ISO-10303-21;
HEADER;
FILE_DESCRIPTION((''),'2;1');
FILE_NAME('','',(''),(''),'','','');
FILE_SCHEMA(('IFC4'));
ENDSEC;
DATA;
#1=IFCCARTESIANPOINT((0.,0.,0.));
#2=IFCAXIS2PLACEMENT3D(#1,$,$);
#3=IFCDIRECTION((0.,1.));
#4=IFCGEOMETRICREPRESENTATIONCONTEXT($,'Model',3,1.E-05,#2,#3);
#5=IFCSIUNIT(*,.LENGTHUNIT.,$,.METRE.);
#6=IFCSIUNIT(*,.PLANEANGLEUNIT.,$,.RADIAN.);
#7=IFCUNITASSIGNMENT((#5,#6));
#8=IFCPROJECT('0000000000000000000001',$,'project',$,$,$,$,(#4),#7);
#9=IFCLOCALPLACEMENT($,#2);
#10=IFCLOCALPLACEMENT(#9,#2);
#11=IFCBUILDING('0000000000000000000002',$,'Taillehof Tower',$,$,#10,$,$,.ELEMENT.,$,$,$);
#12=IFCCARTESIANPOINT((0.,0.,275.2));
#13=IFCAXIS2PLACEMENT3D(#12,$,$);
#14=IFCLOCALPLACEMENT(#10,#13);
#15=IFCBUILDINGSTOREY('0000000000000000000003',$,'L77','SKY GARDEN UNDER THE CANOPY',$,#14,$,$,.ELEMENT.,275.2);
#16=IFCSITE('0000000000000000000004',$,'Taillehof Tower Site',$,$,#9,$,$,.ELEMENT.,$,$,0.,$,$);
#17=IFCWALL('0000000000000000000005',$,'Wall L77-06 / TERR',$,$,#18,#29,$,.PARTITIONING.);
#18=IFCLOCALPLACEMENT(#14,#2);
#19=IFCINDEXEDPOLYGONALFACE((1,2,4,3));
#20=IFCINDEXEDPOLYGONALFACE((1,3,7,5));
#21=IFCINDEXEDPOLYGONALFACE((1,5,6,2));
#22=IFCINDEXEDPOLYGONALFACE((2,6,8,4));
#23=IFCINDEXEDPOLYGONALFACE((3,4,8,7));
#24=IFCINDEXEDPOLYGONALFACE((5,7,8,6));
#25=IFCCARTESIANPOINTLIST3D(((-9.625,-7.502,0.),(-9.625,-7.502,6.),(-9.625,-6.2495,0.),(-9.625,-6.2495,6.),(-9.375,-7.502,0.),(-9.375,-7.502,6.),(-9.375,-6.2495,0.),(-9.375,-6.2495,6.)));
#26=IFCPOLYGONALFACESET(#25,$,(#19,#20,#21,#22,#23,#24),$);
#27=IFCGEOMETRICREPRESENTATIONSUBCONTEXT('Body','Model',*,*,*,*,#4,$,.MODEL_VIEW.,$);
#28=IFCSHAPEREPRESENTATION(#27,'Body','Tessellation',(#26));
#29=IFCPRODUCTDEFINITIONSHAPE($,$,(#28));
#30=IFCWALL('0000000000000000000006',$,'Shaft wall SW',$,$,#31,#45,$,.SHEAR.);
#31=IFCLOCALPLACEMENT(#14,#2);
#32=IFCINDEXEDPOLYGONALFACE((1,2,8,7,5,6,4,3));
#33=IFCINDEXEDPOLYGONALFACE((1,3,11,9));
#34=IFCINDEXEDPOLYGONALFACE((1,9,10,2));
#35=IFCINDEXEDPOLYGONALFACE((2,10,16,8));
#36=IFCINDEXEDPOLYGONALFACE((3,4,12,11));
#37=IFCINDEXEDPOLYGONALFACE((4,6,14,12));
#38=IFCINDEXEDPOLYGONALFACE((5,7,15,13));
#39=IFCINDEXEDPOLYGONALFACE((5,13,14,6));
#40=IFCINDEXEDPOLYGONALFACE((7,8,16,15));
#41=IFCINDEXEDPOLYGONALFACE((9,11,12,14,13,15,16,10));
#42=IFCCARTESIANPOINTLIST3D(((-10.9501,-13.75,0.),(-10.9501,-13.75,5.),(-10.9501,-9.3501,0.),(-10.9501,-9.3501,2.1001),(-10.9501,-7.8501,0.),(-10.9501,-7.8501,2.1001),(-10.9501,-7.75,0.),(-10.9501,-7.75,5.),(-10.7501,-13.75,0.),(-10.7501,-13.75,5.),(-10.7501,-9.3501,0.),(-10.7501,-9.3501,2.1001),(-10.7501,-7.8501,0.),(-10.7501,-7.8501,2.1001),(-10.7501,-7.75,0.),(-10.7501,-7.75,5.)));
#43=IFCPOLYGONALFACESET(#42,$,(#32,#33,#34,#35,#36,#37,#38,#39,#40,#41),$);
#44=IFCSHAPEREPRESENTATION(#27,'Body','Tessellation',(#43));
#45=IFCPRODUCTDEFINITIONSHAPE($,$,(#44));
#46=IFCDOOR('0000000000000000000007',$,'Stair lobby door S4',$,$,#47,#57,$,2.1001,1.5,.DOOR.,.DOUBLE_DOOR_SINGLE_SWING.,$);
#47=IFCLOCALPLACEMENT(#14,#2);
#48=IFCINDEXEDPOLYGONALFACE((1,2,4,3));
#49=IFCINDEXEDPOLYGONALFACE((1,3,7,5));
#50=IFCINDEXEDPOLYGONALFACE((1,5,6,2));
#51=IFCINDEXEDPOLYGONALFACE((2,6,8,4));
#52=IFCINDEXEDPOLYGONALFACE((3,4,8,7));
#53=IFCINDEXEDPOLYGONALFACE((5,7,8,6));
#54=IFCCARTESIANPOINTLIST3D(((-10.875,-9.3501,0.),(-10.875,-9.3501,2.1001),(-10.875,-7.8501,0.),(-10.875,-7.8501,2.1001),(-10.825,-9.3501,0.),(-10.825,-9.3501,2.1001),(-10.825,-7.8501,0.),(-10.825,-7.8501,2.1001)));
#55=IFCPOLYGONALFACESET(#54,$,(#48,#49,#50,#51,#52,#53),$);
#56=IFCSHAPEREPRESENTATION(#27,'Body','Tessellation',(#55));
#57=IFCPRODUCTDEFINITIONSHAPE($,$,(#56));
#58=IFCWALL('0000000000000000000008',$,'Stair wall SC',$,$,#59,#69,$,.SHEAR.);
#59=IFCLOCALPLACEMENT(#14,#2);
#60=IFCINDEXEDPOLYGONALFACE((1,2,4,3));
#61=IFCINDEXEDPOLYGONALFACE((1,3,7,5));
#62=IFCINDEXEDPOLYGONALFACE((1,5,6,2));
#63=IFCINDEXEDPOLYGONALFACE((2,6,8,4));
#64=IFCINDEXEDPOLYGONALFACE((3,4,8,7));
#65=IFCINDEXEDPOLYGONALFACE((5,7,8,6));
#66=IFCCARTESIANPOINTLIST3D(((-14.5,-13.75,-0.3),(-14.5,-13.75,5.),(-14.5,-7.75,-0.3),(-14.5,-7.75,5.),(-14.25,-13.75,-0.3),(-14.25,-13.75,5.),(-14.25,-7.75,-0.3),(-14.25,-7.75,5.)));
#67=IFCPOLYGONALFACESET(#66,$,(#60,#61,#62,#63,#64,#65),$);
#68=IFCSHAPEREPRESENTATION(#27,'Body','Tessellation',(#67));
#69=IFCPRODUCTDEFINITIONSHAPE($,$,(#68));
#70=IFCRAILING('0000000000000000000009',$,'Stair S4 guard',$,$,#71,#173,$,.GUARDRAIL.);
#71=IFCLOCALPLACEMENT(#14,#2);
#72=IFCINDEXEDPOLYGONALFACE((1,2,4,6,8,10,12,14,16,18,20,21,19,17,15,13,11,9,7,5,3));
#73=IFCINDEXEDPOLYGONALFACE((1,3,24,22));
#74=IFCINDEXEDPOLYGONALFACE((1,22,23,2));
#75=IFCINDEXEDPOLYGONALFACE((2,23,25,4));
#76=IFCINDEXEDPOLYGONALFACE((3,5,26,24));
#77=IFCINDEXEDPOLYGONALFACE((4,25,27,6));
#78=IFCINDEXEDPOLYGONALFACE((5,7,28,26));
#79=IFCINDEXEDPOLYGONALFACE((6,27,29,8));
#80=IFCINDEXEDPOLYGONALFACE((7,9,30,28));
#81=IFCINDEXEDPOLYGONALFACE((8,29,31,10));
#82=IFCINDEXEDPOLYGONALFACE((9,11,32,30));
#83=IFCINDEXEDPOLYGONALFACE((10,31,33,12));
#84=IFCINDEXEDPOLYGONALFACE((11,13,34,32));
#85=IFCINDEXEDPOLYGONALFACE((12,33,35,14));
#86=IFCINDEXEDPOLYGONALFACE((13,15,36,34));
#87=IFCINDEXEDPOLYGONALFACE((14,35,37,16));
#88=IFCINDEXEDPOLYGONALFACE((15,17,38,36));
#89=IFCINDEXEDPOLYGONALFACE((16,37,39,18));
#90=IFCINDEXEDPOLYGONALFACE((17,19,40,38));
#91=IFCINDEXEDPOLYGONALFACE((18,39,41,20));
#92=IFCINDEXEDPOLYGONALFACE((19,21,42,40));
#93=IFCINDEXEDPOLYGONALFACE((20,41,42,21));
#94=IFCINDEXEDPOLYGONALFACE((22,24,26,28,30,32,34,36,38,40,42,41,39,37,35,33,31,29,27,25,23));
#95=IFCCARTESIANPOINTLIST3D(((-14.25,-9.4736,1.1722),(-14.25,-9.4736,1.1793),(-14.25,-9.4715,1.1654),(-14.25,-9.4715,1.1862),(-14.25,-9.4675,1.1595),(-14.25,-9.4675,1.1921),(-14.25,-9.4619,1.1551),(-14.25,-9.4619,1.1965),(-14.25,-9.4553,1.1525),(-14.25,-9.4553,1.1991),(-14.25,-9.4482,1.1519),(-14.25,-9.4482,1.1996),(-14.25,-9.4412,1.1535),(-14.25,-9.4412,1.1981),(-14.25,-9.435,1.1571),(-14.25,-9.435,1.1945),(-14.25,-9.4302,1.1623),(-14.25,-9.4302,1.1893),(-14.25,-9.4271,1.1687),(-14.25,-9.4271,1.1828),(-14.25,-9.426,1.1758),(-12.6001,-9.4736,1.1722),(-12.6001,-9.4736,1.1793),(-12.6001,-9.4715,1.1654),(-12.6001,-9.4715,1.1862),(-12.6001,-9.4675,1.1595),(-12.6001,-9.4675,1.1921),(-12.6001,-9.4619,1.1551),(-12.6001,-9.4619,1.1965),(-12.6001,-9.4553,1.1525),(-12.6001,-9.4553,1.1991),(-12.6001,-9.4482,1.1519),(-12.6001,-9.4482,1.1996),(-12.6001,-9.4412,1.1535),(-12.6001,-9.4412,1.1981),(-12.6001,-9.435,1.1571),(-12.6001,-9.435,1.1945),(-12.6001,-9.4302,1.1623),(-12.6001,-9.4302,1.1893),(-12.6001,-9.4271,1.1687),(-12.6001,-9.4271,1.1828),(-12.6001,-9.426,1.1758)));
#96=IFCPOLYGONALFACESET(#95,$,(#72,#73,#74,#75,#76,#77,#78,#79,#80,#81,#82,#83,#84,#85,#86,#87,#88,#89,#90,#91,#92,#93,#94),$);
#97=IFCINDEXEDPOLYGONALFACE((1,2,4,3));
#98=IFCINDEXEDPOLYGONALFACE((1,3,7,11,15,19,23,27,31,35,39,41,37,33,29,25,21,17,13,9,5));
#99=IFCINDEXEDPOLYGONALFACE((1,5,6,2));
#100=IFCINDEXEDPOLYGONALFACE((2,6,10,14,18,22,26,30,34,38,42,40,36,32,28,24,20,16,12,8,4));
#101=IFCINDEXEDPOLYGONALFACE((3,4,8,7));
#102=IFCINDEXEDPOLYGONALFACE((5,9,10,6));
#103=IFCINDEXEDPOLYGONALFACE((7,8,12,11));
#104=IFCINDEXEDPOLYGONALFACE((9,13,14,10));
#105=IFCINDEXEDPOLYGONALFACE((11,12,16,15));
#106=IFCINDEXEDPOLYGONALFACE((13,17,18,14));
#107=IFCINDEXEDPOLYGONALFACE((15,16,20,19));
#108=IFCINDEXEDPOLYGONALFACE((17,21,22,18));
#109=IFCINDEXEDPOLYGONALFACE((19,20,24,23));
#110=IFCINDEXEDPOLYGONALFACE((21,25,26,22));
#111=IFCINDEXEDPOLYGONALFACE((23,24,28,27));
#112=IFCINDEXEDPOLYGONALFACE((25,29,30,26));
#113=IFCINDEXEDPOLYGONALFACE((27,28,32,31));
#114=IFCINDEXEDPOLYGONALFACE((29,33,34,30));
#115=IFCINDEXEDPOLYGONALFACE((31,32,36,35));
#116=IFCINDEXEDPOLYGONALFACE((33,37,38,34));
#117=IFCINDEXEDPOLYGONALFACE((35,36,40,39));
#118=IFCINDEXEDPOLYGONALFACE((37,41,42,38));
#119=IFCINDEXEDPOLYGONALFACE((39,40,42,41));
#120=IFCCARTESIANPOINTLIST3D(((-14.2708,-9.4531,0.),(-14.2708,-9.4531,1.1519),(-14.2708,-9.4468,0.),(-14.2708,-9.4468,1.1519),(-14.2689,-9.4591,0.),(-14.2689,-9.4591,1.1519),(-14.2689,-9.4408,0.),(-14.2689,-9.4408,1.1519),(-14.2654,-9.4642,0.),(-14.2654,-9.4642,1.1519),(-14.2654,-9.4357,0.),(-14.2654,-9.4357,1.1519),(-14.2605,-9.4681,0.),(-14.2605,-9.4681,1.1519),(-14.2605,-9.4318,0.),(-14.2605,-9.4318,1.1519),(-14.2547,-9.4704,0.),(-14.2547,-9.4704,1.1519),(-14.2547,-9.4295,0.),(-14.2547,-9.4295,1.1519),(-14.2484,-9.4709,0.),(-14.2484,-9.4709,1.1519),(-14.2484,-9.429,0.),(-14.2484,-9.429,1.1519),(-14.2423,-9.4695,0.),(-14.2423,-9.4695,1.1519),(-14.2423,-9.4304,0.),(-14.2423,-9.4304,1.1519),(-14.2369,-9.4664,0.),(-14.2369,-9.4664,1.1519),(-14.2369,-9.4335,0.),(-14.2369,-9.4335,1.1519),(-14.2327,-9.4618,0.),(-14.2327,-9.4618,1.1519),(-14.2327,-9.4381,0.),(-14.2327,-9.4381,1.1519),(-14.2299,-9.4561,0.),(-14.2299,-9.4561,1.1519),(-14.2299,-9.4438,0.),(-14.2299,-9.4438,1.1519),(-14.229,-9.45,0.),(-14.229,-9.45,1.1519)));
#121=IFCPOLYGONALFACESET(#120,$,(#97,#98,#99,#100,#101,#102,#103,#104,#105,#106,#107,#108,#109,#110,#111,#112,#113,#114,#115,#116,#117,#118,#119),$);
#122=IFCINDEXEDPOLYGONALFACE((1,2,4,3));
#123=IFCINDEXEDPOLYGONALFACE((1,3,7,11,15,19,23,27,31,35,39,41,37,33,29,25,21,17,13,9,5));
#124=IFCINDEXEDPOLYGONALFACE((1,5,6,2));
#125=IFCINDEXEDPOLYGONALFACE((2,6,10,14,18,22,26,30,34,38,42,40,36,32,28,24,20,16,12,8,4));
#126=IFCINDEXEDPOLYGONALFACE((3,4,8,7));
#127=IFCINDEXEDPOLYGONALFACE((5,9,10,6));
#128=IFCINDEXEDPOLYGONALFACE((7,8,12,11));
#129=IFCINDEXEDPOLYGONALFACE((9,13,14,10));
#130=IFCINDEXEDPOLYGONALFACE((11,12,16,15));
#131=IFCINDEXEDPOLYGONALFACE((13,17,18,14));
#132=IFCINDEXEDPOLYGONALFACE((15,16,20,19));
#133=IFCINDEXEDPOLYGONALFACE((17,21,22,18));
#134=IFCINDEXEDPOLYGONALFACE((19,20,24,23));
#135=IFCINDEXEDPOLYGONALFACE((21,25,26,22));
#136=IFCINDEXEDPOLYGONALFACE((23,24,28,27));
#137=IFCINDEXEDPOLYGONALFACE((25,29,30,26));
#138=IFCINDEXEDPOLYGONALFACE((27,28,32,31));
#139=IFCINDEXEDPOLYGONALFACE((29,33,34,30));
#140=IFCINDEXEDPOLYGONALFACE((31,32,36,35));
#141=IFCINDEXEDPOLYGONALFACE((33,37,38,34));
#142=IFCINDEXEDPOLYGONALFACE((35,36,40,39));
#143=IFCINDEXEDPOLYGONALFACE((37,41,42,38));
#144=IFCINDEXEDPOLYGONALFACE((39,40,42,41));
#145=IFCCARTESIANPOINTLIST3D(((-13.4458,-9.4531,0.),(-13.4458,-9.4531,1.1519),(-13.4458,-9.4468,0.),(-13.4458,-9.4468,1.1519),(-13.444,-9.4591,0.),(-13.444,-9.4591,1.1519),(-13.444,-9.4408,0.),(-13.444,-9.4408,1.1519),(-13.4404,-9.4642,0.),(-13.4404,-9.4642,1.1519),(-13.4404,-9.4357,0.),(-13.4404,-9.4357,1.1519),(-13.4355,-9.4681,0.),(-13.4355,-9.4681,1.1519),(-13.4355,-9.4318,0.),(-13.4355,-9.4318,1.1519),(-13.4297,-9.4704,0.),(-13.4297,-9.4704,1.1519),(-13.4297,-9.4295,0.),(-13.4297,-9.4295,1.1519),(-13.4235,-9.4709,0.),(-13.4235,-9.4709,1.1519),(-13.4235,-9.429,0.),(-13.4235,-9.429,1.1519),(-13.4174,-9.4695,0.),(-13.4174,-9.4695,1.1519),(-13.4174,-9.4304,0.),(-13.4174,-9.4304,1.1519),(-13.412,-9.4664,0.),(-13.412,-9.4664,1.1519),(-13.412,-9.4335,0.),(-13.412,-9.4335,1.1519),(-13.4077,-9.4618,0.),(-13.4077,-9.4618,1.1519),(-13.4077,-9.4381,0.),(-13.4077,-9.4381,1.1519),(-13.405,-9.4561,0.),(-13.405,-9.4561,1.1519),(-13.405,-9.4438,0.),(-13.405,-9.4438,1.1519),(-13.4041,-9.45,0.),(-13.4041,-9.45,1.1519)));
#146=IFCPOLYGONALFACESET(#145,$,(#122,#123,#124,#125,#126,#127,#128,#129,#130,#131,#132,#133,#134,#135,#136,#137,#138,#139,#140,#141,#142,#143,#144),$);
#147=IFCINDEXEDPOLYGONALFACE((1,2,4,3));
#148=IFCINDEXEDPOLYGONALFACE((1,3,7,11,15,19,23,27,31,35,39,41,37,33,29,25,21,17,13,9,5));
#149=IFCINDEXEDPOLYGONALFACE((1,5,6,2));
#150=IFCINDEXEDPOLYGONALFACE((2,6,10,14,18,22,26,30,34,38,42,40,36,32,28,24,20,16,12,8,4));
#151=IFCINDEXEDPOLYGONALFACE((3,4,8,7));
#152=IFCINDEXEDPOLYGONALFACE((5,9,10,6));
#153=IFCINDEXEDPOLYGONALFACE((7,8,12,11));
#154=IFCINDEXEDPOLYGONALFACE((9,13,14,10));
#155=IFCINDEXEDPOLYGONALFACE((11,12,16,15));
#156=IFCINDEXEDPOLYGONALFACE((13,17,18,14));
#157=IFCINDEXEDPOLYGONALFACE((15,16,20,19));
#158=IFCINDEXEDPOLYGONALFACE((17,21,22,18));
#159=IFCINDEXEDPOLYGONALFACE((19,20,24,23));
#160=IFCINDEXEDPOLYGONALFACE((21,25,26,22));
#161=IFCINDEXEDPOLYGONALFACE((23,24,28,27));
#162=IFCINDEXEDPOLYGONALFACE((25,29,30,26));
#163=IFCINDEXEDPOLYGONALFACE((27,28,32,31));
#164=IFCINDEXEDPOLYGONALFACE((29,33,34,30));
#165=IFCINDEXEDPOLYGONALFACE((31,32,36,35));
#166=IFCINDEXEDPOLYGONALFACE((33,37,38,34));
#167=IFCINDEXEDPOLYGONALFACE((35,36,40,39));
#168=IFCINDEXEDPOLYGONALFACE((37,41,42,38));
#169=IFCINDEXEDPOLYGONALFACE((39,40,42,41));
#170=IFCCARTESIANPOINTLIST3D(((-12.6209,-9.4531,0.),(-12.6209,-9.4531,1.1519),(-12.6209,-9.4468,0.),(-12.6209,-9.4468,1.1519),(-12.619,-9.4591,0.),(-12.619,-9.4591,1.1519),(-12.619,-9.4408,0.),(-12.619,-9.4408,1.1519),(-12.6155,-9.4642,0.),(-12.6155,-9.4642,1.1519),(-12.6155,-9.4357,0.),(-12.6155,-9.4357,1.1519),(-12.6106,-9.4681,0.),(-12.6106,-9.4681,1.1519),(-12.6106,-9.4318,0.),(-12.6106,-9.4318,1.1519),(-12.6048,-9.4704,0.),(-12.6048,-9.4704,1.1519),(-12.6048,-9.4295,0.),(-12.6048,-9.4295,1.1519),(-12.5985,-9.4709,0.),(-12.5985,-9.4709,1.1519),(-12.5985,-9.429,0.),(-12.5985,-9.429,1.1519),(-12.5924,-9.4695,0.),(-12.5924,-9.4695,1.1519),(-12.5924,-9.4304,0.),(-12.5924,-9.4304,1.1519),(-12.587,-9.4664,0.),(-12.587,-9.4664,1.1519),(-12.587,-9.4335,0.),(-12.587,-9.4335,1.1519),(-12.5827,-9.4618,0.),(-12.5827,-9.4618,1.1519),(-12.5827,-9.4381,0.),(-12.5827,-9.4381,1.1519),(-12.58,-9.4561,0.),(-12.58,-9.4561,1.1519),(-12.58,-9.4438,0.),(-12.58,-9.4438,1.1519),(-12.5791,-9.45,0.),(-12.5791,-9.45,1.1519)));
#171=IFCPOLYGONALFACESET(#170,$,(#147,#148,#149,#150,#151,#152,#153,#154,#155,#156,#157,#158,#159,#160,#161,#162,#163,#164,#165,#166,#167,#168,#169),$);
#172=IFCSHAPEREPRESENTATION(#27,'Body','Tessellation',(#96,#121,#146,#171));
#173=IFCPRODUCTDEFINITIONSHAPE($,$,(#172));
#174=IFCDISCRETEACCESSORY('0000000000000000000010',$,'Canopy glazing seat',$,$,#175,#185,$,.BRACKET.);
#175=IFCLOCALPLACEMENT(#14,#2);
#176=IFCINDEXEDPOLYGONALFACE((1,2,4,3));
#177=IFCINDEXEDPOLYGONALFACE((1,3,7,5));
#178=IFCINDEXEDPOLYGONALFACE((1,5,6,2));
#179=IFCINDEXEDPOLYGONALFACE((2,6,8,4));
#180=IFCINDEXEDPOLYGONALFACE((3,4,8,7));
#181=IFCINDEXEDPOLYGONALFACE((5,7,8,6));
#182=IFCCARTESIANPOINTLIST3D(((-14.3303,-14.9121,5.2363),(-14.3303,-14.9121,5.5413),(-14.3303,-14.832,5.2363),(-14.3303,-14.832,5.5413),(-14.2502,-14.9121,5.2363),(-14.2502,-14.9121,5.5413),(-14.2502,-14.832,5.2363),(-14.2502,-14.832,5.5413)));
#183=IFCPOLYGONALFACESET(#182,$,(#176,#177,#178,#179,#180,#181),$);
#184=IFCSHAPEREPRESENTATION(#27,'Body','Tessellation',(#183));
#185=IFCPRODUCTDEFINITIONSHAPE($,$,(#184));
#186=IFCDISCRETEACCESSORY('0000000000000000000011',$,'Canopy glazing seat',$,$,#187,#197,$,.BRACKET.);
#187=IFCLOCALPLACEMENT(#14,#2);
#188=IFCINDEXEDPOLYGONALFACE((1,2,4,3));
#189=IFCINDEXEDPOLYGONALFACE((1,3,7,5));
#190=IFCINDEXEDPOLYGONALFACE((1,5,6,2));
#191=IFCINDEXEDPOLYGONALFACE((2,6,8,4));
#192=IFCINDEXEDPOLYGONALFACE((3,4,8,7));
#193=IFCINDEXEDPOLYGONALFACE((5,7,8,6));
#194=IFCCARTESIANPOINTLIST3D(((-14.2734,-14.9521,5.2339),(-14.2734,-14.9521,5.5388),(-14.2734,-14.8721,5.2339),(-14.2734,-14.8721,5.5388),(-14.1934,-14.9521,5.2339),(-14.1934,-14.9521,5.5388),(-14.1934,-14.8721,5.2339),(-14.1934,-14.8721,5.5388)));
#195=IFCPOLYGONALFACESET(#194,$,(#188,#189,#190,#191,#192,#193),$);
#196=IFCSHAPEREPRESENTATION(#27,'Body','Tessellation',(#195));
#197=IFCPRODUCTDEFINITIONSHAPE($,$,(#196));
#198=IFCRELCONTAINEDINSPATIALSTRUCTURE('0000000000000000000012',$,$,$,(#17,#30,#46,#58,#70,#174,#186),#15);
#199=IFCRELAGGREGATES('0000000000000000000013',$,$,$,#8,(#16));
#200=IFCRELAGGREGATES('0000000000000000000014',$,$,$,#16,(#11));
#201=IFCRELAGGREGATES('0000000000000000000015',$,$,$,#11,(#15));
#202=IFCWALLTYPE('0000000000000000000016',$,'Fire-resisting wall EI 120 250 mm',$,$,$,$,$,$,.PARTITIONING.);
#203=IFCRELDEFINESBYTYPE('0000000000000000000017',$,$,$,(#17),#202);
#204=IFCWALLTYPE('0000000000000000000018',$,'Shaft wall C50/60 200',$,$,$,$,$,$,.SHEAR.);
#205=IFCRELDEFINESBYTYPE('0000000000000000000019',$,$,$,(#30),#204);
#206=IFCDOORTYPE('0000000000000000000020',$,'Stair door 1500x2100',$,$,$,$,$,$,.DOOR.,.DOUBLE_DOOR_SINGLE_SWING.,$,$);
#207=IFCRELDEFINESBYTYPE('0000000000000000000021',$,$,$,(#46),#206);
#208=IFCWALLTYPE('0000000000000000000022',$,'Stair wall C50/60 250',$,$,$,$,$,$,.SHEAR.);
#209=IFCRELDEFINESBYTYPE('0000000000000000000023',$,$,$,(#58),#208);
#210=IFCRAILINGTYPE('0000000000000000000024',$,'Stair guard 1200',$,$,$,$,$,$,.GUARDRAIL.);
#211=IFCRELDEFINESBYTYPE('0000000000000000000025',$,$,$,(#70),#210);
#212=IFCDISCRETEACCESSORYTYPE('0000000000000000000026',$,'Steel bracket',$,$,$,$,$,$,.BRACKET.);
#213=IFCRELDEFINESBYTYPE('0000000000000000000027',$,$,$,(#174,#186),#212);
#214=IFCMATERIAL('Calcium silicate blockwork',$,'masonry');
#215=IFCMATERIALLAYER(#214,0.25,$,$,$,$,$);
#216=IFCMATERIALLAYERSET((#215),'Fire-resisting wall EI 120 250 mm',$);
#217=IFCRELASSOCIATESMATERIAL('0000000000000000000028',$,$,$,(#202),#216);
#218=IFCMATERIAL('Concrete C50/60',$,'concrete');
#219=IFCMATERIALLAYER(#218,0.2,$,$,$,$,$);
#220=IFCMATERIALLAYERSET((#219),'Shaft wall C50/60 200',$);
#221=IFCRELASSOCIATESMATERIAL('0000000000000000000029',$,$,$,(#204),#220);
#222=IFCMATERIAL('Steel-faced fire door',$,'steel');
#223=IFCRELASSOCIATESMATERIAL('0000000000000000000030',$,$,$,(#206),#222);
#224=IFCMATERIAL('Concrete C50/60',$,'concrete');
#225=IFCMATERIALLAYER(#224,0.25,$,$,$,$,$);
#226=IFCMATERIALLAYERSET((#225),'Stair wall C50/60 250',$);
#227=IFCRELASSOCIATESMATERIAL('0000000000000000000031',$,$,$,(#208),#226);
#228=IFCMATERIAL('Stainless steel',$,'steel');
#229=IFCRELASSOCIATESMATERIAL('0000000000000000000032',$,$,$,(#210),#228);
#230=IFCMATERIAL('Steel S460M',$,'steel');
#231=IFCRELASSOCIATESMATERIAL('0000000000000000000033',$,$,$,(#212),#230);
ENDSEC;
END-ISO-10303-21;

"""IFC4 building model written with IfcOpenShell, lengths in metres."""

from ifc_helpers import new_model, si_unit, direction, frame, frame_2d, origin, origin_2d, place, context, subcontext, project, spatial, rectangle, circle, extrude, material, layer, layer_set, type_object, element, fill, save


model = new_model("IFC4")

# Units and contexts
model_context = context("Model", 3, precision=1e-05, world=origin(), true_north=direction((0.0, 1.0)))
body_context = subcontext(model_context, "Body", "Model", "MODEL_VIEW")
ifc_project = project(units=[si_unit("LENGTHUNIT", "METRE"), si_unit("PLANEANGLEUNIT", "RADIAN")], contexts=[model_context])

# Site, building, storey
site_placement = place(None, origin())
site = spatial("IfcSite", under=ifc_project, at=site_placement, Name="Taillehof Tower Site", CompositionType="ELEMENT", RefElevation=0.0)
building_placement = place(site_placement, origin())
building = spatial("IfcBuilding", under=site, at=building_placement, Name="Taillehof Tower", CompositionType="ELEMENT")
storey_placement = place(building_placement, frame((0.0, 0.0, 275.2)))
storey = spatial("IfcBuildingStorey", under=building, at=storey_placement, Name="L77", Description="SKY GARDEN UNDER THE CANOPY", CompositionType="ELEMENT", Elevation=275.2)

# Wall
ifc_material_1 = material(Name="Calcium silicate blockwork", Category="masonry")
ifc_layer_1 = layer(ifc_material_1, 0.25)
ifc_layer_set_1 = layer_set([ifc_layer_1], Name="Fire-resisting wall EI 120 250 mm")
wall_type_1 = type_object("IfcWallType", Name="Fire-resisting wall EI 120 250 mm", PredefinedType="PARTITIONING", material=ifc_layer_set_1)
wall_1_placement = place(storey_placement, frame((-9.5, -7.502, 0.0), z_axis=(0.0, 0.0, 1.0), x_axis=(0.0, 1.0, 0.0)))
element("IfcWall", 1, at=wall_1_placement, inside=storey, type_object=wall_type_1, Name="Wall L77-06 / TERR", PredefinedType="PARTITIONING", context=body_context, shape_type="SweptSolid", body=[
    extrude(rectangle(XDim=1.2524, YDim=0.25, at=frame_2d((0.6262, 0.0))), origin(), (0.0, 0.0, 1.0), 6.0),
])

# Wall, opening, door
ifc_material_2 = material(Name="Concrete C50/60", Category="concrete")
ifc_layer_2 = layer(ifc_material_2, 0.2)
ifc_layer_set_2 = layer_set([ifc_layer_2], Name="Shaft wall C50/60 200")
wall_type_2 = type_object("IfcWallType", Name="Shaft wall C50/60 200", PredefinedType="SHEAR", material=ifc_layer_set_2)
wall_2_placement = place(storey_placement, frame((-10.8501, -13.75, 0.0), z_axis=(0.0, 0.0, 1.0), x_axis=(0.0, 1.0, 0.0)))
wall_2 = element("IfcWall", 2, at=wall_2_placement, inside=storey, type_object=wall_type_2, Name="Shaft wall SW", PredefinedType="SHEAR", context=body_context, shape_type="SweptSolid", body=[
    extrude(rectangle(XDim=6.0, YDim=0.2, at=frame_2d((3.0, 0.0))), origin(), (0.0, 0.0, 1.0), 5.0),
])
opening_placement = place(wall_2_placement, frame((4.3999, 0.0, 0.0)))
opening = element("IfcOpeningElement", 3, at=opening_placement, cuts=wall_2, PredefinedType="OPENING", context=body_context, shape_type="SweptSolid", body=[
    extrude(rectangle(XDim=1.5, YDim=2.1001, at=frame_2d((0.75, 1.05))), frame((0.0, 0.1099, 0.0), z_axis=(0.0, -1.0, 0.0), x_axis=(1.0, 0.0, 0.0)), (0.0, 0.0, 1.0), 0.22),
])
ifc_material_3 = material(Name="Steel-faced fire door", Category="steel")
door_type = type_object("IfcDoorType", Name="Stair door 1500x2100", OperationType="DOUBLE_DOOR_SINGLE_SWING", PredefinedType="DOOR", material=ifc_material_3)
door_placement = place(opening_placement, origin())
door = element("IfcDoor", 4, at=door_placement, inside=storey, type_object=door_type, Name="Stair lobby door S4", OperationType="DOUBLE_DOOR_SINGLE_SWING", OverallHeight=2.1001, OverallWidth=1.5, PredefinedType="DOOR", context=body_context, shape_type="SweptSolid", body=[
    extrude(rectangle(XDim=1.5, YDim=2.1001, at=frame_2d((0.75, 1.05))), frame((0.0, 0.0249, 0.0), z_axis=(0.0, -1.0, 0.0), x_axis=(1.0, 0.0, 0.0)), (0.0, 0.0, 1.0), 0.05),
])
fill(opening, door)

# Wall
ifc_material_4 = material(Name="Concrete C50/60", Category="concrete")
ifc_layer_3 = layer(ifc_material_4, 0.25)
ifc_layer_set_3 = layer_set([ifc_layer_3], Name="Stair wall C50/60 250")
wall_type_3 = type_object("IfcWallType", Name="Stair wall C50/60 250", PredefinedType="SHEAR", material=ifc_layer_set_3)
wall_3_placement = place(storey_placement, frame((-14.375, -13.75, -0.3), z_axis=(0.0, 0.0, 1.0), x_axis=(0.0, 1.0, 0.0)))
element("IfcWall", 5, at=wall_3_placement, inside=storey, type_object=wall_type_3, Name="Stair wall SC", PredefinedType="SHEAR", context=body_context, shape_type="SweptSolid", body=[
    extrude(rectangle(XDim=6.0, YDim=0.25, at=frame_2d((3.0, 0.0))), origin(), (0.0, 0.0, 1.0), 5.3),
])

# Railing
ifc_material_5 = material(Name="Stainless steel", Category="steel")
railing_type = type_object("IfcRailingType", Name="Stair guard 1200", PredefinedType="GUARDRAIL", material=ifc_material_5)
railing_placement = place(storey_placement, frame((-14.25, -9.45, 0.0)))
element("IfcRailing", 6, at=railing_placement, inside=storey, type_object=railing_type, Name="Stair S4 guard", PredefinedType="GUARDRAIL", context=body_context, shape_type="SweptSolid", body=[
    extrude(circle(Radius=0.0239, at=origin_2d()), frame((0.0, 0.0, 1.1758), z_axis=(1.0, 0.0, 0.0), x_axis=(0.0, 1.0, 0.0)), (0.0, 0.0, 1.0), 1.6499),
    extrude(circle(Radius=0.021, at=origin_2d()), origin(), (0.0, 0.0, 1.0), 1.1519),
    extrude(circle(Radius=0.021, at=origin_2d()), frame((0.825, 0.0, 0.0)), (0.0, 0.0, 1.0), 1.1519),
    extrude(circle(Radius=0.021, at=origin_2d()), frame((1.6499, 0.0, 0.0)), (0.0, 0.0, 1.0), 1.1519),
])

# Discrete accessories
ifc_material_6 = material(Name="Steel S460M", Category="steel")
discrete_accessory_type_1 = type_object("IfcDiscreteAccessoryType", Name="Steel bracket", PredefinedType="BRACKET", material=ifc_material_6)
for number, where, z_axis, x_axis, name in (
    (7, (-14.2903, -14.8721, 5.2363), (0.0, 0.0, 1.0), (1.0, 0.0, 0.0), "Canopy glazing seat"),
    (8, (-14.2334, -14.9121, 5.2339), (0.0, 0.0, 1.0), (1.0, 0.0, 0.0), "Canopy glazing seat"),
):
    element("IfcDiscreteAccessory", number, at=place(storey_placement, frame(where, z_axis=z_axis, x_axis=x_axis)), inside=storey, type_object=discrete_accessory_type_1, Name=name, PredefinedType="BRACKET", context=body_context, shape_type="SweptSolid", body=[
        extrude(rectangle(XDim=0.0801, YDim=0.0801, at=origin_2d()), origin(), (0.0, 0.0, 1.0), 0.3049),
    ])

save(model, "model.ifc")
